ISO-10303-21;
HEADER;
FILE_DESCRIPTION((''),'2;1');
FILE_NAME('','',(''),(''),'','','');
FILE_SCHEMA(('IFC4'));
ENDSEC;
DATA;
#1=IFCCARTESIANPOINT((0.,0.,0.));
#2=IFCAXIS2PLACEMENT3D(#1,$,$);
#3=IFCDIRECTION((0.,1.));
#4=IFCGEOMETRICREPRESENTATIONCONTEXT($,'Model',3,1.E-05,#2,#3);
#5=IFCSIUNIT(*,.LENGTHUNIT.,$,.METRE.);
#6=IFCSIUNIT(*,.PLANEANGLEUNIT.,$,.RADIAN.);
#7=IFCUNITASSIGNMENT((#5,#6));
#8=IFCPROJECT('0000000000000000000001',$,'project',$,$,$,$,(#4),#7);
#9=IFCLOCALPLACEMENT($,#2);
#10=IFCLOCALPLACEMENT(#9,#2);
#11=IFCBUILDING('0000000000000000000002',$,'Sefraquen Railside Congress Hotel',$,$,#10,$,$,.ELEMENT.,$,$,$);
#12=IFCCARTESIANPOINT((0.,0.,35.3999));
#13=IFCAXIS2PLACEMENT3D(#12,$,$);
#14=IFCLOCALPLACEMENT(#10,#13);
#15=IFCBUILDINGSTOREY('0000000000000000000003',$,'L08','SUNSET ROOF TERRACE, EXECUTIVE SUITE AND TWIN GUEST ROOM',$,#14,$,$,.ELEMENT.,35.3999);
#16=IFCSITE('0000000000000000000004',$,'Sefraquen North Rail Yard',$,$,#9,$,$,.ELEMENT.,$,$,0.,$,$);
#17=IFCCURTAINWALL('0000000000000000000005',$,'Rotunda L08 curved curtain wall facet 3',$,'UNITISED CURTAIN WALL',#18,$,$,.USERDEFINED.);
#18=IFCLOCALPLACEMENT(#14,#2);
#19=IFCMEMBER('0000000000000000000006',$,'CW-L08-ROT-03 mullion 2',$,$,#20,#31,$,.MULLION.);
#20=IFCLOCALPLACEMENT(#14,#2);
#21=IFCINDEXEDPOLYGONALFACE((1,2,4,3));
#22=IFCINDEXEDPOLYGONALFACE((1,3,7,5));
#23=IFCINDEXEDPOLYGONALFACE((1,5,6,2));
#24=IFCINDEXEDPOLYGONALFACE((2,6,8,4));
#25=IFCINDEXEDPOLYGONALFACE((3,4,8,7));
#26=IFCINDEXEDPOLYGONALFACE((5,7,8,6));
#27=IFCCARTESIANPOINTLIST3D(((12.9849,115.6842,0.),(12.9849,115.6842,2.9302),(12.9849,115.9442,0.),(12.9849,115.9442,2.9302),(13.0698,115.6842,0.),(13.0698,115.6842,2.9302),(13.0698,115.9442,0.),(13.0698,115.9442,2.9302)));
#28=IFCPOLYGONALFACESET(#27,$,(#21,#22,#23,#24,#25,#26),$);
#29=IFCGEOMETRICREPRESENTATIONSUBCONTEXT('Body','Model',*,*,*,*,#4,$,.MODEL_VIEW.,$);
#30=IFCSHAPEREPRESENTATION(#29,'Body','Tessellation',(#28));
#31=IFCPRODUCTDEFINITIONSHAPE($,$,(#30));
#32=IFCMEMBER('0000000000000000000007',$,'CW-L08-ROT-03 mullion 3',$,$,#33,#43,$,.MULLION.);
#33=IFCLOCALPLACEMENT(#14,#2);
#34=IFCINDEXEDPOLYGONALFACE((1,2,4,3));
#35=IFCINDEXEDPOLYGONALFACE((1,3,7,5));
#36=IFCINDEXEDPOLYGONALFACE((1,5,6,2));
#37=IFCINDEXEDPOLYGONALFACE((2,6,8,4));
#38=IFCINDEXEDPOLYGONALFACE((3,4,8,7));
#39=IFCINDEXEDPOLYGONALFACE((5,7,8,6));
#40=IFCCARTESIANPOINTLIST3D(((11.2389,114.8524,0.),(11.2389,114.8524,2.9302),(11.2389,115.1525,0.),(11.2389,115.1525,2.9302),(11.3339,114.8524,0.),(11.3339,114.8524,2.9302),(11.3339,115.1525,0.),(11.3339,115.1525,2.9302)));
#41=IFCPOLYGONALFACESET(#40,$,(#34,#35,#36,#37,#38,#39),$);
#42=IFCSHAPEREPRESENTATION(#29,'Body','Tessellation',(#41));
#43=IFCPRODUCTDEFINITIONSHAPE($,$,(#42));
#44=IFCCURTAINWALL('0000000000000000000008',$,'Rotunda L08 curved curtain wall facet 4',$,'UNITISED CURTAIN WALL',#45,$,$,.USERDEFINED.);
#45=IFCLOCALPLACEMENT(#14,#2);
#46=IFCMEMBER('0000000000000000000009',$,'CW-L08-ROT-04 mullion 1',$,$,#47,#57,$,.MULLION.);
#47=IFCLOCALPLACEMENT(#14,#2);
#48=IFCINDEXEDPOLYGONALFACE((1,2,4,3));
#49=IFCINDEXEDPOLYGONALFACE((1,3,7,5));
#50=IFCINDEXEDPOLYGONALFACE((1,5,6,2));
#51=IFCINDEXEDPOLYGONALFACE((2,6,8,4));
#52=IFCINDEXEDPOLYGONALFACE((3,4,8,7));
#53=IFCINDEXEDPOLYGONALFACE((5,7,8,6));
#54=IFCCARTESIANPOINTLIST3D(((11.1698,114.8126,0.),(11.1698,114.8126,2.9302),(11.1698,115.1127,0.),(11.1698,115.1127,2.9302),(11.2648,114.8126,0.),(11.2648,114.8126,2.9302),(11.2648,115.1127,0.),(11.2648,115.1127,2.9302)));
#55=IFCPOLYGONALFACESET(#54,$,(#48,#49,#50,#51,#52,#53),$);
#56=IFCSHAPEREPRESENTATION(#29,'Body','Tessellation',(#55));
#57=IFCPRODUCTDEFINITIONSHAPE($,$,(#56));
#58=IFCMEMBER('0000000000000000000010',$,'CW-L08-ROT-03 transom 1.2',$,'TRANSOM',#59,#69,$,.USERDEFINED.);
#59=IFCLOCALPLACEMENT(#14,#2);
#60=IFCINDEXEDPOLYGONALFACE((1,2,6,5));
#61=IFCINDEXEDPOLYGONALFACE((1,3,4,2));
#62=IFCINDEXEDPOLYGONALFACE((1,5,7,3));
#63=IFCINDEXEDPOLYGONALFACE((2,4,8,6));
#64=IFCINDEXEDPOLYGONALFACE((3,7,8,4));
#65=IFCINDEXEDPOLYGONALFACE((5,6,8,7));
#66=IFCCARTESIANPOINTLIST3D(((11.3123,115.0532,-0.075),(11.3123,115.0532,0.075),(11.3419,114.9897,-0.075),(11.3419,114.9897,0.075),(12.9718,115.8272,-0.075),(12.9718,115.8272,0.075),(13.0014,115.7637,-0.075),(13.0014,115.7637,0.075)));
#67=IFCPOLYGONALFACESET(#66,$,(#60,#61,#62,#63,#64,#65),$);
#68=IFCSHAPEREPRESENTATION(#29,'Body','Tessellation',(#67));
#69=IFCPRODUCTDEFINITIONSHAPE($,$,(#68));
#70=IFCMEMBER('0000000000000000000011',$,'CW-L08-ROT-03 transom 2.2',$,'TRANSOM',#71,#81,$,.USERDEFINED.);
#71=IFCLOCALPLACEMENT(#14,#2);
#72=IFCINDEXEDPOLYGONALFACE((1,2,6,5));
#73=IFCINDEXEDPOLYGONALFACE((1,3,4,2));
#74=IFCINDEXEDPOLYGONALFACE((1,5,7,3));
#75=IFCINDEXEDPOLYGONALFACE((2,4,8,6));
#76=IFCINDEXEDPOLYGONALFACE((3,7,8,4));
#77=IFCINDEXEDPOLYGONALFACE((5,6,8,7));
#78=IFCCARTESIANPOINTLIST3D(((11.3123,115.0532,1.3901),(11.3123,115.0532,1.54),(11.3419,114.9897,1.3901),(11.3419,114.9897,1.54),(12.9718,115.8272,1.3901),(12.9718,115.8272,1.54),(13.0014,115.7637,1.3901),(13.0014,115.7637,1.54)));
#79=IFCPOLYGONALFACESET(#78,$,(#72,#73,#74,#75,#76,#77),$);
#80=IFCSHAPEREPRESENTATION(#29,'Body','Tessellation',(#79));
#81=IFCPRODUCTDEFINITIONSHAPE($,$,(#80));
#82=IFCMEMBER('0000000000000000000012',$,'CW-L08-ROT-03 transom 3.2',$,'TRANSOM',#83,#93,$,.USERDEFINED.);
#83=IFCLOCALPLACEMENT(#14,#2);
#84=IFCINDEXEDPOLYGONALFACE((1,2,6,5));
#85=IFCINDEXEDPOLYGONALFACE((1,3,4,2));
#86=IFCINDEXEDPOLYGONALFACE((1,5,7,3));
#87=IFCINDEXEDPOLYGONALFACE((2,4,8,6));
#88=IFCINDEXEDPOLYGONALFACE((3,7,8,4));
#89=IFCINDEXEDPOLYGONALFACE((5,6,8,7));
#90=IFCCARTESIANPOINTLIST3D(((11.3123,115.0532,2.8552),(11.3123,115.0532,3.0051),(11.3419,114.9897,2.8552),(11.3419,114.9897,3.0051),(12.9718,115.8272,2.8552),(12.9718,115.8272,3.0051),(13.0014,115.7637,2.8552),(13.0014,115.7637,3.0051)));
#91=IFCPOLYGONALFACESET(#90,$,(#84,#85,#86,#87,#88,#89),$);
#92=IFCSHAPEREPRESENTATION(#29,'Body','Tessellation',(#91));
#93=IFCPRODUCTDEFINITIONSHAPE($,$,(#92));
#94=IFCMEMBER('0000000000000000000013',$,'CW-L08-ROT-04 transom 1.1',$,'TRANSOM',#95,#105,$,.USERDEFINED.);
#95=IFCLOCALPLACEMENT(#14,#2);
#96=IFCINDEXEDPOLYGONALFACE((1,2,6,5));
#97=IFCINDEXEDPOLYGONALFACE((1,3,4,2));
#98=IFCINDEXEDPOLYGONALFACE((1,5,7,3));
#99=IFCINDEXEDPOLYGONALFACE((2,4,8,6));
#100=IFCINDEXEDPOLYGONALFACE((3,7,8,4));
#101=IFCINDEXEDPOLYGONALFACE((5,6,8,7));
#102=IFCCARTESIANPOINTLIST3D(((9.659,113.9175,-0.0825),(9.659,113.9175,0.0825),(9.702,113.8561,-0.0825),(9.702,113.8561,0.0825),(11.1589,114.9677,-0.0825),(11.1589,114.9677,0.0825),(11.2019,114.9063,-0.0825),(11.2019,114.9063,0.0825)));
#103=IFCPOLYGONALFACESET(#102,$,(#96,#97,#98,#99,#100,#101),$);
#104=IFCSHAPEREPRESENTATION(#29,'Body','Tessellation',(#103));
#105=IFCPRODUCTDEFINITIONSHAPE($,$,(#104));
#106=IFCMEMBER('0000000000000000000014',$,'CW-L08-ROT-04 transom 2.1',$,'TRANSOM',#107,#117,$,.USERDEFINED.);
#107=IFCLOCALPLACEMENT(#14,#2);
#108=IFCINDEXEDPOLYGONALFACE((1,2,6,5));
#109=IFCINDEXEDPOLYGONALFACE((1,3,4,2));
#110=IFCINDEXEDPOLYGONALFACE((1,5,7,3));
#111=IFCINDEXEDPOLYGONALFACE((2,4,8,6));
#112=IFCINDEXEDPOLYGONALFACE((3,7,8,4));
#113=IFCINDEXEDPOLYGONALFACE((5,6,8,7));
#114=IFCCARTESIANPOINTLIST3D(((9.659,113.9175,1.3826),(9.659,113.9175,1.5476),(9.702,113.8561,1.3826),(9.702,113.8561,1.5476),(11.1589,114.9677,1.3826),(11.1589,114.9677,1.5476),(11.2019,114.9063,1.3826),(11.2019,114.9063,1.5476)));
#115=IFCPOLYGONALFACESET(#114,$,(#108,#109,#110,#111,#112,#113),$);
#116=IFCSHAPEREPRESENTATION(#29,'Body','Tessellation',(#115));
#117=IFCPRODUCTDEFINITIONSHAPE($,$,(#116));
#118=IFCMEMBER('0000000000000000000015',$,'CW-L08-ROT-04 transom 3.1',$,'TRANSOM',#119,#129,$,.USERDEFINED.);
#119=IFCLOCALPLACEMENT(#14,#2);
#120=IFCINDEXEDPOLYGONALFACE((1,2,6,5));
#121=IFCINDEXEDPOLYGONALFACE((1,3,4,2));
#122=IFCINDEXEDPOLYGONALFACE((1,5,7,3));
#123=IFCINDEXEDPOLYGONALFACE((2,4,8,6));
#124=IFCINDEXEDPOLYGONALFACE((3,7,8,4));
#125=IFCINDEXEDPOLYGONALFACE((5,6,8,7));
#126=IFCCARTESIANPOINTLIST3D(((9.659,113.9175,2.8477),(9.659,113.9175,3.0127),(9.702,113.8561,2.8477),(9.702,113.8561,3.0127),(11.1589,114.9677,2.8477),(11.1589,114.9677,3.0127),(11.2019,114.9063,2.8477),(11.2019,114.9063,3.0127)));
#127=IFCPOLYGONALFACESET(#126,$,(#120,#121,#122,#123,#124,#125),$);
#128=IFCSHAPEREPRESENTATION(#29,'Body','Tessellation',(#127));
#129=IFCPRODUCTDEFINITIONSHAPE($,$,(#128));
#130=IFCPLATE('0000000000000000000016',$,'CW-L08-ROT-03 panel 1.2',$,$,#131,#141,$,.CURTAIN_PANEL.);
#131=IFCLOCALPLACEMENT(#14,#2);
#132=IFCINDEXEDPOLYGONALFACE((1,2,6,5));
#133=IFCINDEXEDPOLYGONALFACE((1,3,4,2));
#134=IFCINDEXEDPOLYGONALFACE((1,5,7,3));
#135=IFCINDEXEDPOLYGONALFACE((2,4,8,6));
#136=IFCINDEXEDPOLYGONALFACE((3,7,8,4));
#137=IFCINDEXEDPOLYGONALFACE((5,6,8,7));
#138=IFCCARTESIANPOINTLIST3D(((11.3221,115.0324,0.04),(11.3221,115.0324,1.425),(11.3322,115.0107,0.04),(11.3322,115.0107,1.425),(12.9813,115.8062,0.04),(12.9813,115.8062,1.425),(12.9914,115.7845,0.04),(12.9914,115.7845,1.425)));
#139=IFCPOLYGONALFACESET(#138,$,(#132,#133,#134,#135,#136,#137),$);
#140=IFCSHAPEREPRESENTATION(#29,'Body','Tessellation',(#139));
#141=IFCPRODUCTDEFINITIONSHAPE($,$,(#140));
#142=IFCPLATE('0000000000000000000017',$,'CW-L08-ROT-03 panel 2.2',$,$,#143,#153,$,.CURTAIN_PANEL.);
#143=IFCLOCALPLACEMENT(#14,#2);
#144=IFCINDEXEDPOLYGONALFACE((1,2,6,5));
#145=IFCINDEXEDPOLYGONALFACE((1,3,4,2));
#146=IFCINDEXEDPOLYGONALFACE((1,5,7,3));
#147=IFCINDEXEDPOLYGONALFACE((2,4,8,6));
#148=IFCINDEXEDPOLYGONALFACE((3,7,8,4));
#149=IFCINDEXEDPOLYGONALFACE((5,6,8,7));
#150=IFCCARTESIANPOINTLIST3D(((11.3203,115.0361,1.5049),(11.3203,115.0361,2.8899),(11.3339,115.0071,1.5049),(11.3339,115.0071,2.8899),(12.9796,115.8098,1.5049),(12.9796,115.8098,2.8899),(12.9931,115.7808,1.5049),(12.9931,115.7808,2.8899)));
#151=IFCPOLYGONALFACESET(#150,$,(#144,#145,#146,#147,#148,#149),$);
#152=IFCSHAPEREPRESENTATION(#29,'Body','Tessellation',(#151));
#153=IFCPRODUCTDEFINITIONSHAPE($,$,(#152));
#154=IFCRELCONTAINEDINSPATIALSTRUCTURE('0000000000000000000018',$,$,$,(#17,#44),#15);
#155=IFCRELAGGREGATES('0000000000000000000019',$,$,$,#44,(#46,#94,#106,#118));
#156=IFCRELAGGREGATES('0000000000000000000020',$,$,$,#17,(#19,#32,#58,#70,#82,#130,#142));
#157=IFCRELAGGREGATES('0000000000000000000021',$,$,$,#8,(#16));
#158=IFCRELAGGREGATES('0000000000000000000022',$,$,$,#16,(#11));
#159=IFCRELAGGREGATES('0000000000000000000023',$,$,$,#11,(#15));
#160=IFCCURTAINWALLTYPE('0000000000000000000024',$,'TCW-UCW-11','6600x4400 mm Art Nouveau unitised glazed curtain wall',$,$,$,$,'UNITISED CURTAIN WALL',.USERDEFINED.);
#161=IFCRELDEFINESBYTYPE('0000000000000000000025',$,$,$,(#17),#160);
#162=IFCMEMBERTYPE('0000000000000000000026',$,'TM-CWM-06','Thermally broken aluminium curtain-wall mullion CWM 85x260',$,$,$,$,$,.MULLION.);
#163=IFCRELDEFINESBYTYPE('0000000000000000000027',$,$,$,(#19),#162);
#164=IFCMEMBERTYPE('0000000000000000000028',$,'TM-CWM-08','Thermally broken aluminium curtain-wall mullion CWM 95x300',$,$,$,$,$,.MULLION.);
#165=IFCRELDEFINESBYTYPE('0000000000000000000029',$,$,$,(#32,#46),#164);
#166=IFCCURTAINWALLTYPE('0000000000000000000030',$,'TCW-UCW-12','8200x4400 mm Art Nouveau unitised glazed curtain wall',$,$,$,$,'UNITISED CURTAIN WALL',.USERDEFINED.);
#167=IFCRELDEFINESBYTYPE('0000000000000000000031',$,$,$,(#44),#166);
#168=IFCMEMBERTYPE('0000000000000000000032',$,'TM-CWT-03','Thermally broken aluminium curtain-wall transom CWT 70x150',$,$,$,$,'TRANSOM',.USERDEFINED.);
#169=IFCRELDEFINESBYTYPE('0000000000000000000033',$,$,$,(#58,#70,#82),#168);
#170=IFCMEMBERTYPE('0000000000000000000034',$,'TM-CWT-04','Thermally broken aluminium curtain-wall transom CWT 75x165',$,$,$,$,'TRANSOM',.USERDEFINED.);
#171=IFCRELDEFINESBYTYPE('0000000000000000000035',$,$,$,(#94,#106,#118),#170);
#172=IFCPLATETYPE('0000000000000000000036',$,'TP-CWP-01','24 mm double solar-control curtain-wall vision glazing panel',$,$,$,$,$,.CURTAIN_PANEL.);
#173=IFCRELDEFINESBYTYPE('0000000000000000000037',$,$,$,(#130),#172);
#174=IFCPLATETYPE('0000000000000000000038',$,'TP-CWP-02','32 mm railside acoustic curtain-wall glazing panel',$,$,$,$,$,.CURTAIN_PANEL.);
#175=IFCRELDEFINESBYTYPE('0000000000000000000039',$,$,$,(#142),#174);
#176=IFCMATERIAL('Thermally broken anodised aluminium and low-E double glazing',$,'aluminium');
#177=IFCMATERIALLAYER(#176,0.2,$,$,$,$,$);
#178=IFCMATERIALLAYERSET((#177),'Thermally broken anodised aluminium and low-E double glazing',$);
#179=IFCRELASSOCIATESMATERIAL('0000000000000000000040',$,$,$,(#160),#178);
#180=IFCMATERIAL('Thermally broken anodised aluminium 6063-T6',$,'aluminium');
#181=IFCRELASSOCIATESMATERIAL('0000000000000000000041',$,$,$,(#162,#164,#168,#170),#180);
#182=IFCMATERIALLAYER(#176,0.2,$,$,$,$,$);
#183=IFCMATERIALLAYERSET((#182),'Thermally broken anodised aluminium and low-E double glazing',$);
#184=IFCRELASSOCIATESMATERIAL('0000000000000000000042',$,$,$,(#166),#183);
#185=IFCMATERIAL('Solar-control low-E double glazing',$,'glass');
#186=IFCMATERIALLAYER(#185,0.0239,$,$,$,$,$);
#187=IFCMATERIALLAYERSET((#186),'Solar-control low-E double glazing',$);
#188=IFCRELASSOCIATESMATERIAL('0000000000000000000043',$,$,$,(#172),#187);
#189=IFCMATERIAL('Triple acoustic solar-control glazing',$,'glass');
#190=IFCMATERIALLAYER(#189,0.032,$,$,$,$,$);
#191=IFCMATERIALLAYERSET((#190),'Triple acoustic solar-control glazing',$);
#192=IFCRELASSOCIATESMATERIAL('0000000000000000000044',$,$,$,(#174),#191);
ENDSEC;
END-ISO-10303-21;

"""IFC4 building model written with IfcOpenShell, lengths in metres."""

from ifc_helpers import new_model, si_unit, direction, frame, origin, origin_2d, place, context, subcontext, project, spatial, rectangle, extrude, material, layer, layer_set, material_profile, profile_set, type_object, element, aggregate, save


model = new_model("IFC4")

# Units and contexts
model_context = context("Model", 3, precision=1e-05, world=origin(), true_north=direction((0.0, 1.0)))
body_context = subcontext(model_context, "Body", "Model", "MODEL_VIEW")
ifc_project = project(units=[si_unit("LENGTHUNIT", "METRE"), si_unit("PLANEANGLEUNIT", "RADIAN")], contexts=[model_context])

# Site, building, storey
site_placement = place(None, origin())
site = spatial("IfcSite", under=ifc_project, at=site_placement, Name="Sefraquen North Rail Yard", CompositionType="ELEMENT", RefElevation=0.0)
building_placement = place(site_placement, origin())
building = spatial("IfcBuilding", under=site, at=building_placement, Name="Sefraquen Railside Congress Hotel", CompositionType="ELEMENT")
storey_placement = place(building_placement, frame((0.0, 0.0, 35.3999)))
storey = spatial("IfcBuildingStorey", under=building, at=storey_placement, Name="L08", Description="SUNSET ROOF TERRACE, EXECUTIVE SUITE AND TWIN GUEST ROOM", CompositionType="ELEMENT", Elevation=35.3999)

# Curtain wall, members
ifc_material_1 = material(Name="Thermally broken anodised aluminium and low-E double glazing", Category="aluminium")
ifc_layer_1 = layer(ifc_material_1, 0.2)
ifc_layer_set_1 = layer_set([ifc_layer_1], Name="Thermally broken anodised aluminium and low-E double glazing")
curtain_wall_type_1 = type_object("IfcCurtainWallType", Name="TCW-UCW-11", Description="6600x4400 mm Art Nouveau unitised glazed curtain wall", ElementType="UNITISED CURTAIN WALL", PredefinedType="USERDEFINED", material=ifc_layer_set_1)
curtain_wall_1_placement = place(storey_placement, origin())
curtain_wall_1 = element("IfcCurtainWall", 1, at=curtain_wall_1_placement, inside=storey, type_object=curtain_wall_type_1, Name="Rotunda L08 curved curtain wall facet 3", ObjectType="UNITISED CURTAIN WALL", PredefinedType="USERDEFINED")
ifc_material_2 = material(Name="Thermally broken anodised aluminium 6063-T6", Category="aluminium")
ifc_material_profile_1 = material_profile(ifc_material_2, rectangle(XDim=0.085, YDim=0.26, at=origin_2d()), Name="CWM 85x260")
ifc_profile_set_1 = profile_set([ifc_material_profile_1], Name="Thermally broken anodised aluminium 6063-T6")
member_type_1 = type_object("IfcMemberType", Name="TM-CWM-06", Description="Thermally broken aluminium curtain-wall mullion CWM 85x260", PredefinedType="MULLION", material=ifc_profile_set_1)
member_1_placement = place(storey_placement, frame((13.0273, 115.8142, 0.0), z_axis=(0.0, 0.0, 1.0), x_axis=(1.0, 0.0, 0.0)))
member_1 = element("IfcMember", 2, at=member_1_placement, type_object=member_type_1, Name="CW-L08-ROT-03 mullion 2", PredefinedType="MULLION", context=body_context, shape_type="SweptSolid", body=[
    extrude(rectangle(XDim=0.085, YDim=0.26, at=origin_2d()), origin(), (0.0, 0.0, 1.0), 2.9302),
])
ifc_material_profile_2 = material_profile(ifc_material_2, rectangle(XDim=0.095, YDim=0.3, at=origin_2d()), Name="CWM 95x300")
ifc_profile_set_2 = profile_set([ifc_material_profile_2], Name="Thermally broken anodised aluminium 6063-T6")
member_type_2 = type_object("IfcMemberType", Name="TM-CWM-08", Description="Thermally broken aluminium curtain-wall mullion CWM 95x300", PredefinedType="MULLION", material=ifc_profile_set_2)
member_2_placement = place(storey_placement, frame((11.2864, 115.0024, 0.0), z_axis=(0.0, 0.0, 1.0), x_axis=(1.0, 0.0, 0.0)))
member_2 = element("IfcMember", 3, at=member_2_placement, type_object=member_type_2, Name="CW-L08-ROT-03 mullion 3", PredefinedType="MULLION", context=body_context, shape_type="SweptSolid", body=[
    extrude(rectangle(XDim=0.095, YDim=0.3, at=origin_2d()), origin(), (0.0, 0.0, 1.0), 2.9302),
])

# Curtain wall, member
ifc_layer_2 = layer(ifc_material_1, 0.2)
ifc_layer_set_2 = layer_set([ifc_layer_2], Name="Thermally broken anodised aluminium and low-E double glazing")
curtain_wall_type_2 = type_object("IfcCurtainWallType", Name="TCW-UCW-12", Description="8200x4400 mm Art Nouveau unitised glazed curtain wall", ElementType="UNITISED CURTAIN WALL", PredefinedType="USERDEFINED", material=ifc_layer_set_2)
curtain_wall_2_placement = place(storey_placement, origin())
curtain_wall_2 = element("IfcCurtainWall", 4, at=curtain_wall_2_placement, inside=storey, type_object=curtain_wall_type_2, Name="Rotunda L08 curved curtain wall facet 4", ObjectType="UNITISED CURTAIN WALL", PredefinedType="USERDEFINED")
member_3_placement = place(storey_placement, frame((11.2173, 114.9626, 0.0), z_axis=(0.0, 0.0, 1.0), x_axis=(1.0, 0.0, 0.0)))
member_3 = element("IfcMember", 5, at=member_3_placement, type_object=member_type_2, Name="CW-L08-ROT-04 mullion 1", PredefinedType="MULLION", context=body_context, shape_type="SweptSolid", body=[
    extrude(rectangle(XDim=0.095, YDim=0.3, at=origin_2d()), origin(), (0.0, 0.0, 1.0), 2.9302),
])

# Members
ifc_material_profile_3 = material_profile(ifc_material_2, rectangle(XDim=0.0701, YDim=0.1499, at=origin_2d()), Name="CWT 70x150")
ifc_profile_set_3 = profile_set([ifc_material_profile_3], Name="Thermally broken anodised aluminium 6063-T6")
member_type_3 = type_object("IfcMemberType", Name="TM-CWT-03", Description="Thermally broken aluminium curtain-wall transom CWT 70x150", ElementType="TRANSOM", PredefinedType="USERDEFINED", material=ifc_profile_set_3)
member_4_placement = place(storey_placement, frame((12.9866, 115.7954, 0.0), z_axis=(-0.906282, -0.422674, 0.0), x_axis=(0.422674, -0.906282, 0.0)))
member_4 = element("IfcMember", 6, at=member_4_placement, type_object=member_type_3, Name="CW-L08-ROT-03 transom 1.2", ObjectType="TRANSOM", PredefinedType="USERDEFINED", context=body_context, shape_type="SweptSolid", body=[
    extrude(rectangle(XDim=0.0701, YDim=0.1499, at=origin_2d()), origin(), (0.0, 0.0, 1.0), 1.8311),
])
member_5_placement = place(storey_placement, frame((12.9866, 115.7954, 1.4651), z_axis=(-0.906282, -0.422674, 0.0), x_axis=(0.422674, -0.906282, 0.0)))
member_5 = element("IfcMember", 7, at=member_5_placement, type_object=member_type_3, Name="CW-L08-ROT-03 transom 2.2", ObjectType="TRANSOM", PredefinedType="USERDEFINED", context=body_context, shape_type="SweptSolid", body=[
    extrude(rectangle(XDim=0.0701, YDim=0.1499, at=origin_2d()), origin(), (0.0, 0.0, 1.0), 1.8311),
])
member_6_placement = place(storey_placement, frame((12.9866, 115.7954, 2.9302), z_axis=(-0.906282, -0.422674, 0.0), x_axis=(0.422674, -0.906282, 0.0)))
member_6 = element("IfcMember", 8, at=member_6_placement, type_object=member_type_3, Name="CW-L08-ROT-03 transom 3.2", ObjectType="TRANSOM", PredefinedType="USERDEFINED", context=body_context, shape_type="SweptSolid", body=[
    extrude(rectangle(XDim=0.0701, YDim=0.1499, at=origin_2d()), origin(), (0.0, 0.0, 1.0), 1.8311),
])
ifc_material_profile_4 = material_profile(ifc_material_2, rectangle(XDim=0.075, YDim=0.165, at=origin_2d()), Name="CWT 75x165")
ifc_profile_set_4 = profile_set([ifc_material_profile_4], Name="Thermally broken anodised aluminium 6063-T6")
member_type_4 = type_object("IfcMemberType", Name="TM-CWT-04", Description="Thermally broken aluminium curtain-wall transom CWT 75x165", ElementType="TRANSOM", PredefinedType="USERDEFINED", material=ifc_profile_set_4)
member_7_placement = place(storey_placement, frame((11.1804, 114.937, 0.0), z_axis=(-0.819157, -0.57357, 0.0), x_axis=(0.57357, -0.819157, 0.0)))
member_7 = element("IfcMember", 9, at=member_7_placement, type_object=member_type_4, Name="CW-L08-ROT-04 transom 1.1", ObjectType="TRANSOM", PredefinedType="USERDEFINED", context=body_context, shape_type="SweptSolid", body=[
    extrude(rectangle(XDim=0.075, YDim=0.165, at=origin_2d()), origin(), (0.0, 0.0, 1.0), 1.8311),
])
member_8_placement = place(storey_placement, frame((11.1804, 114.937, 1.4651), z_axis=(-0.819157, -0.57357, 0.0), x_axis=(0.57357, -0.819157, 0.0)))
member_8 = element("IfcMember", 10, at=member_8_placement, type_object=member_type_4, Name="CW-L08-ROT-04 transom 2.1", ObjectType="TRANSOM", PredefinedType="USERDEFINED", context=body_context, shape_type="SweptSolid", body=[
    extrude(rectangle(XDim=0.075, YDim=0.165, at=origin_2d()), origin(), (0.0, 0.0, 1.0), 1.8311),
])
member_9_placement = place(storey_placement, frame((11.1804, 114.937, 2.9302), z_axis=(-0.819157, -0.57357, 0.0), x_axis=(0.57357, -0.819157, 0.0)))
member_9 = element("IfcMember", 11, at=member_9_placement, type_object=member_type_4, Name="CW-L08-ROT-04 transom 3.1", ObjectType="TRANSOM", PredefinedType="USERDEFINED", context=body_context, shape_type="SweptSolid", body=[
    extrude(rectangle(XDim=0.075, YDim=0.165, at=origin_2d()), origin(), (0.0, 0.0, 1.0), 1.8311),
])
aggregate(curtain_wall_2, [member_3, member_7, member_8, member_9])

# Plates
ifc_material_3 = material(Name="Solar-control low-E double glazing", Category="glass")
ifc_layer_3 = layer(ifc_material_3, 0.0239)
ifc_layer_set_3 = layer_set([ifc_layer_3], Name="Solar-control low-E double glazing")
plate_type_1 = type_object("IfcPlateType", Name="TP-CWP-01", Description="24 mm double solar-control curtain-wall vision glazing panel", PredefinedType="CURTAIN_PANEL", material=ifc_layer_set_3)
plate_1_placement = place(storey_placement, frame((12.1567, 115.4084, 0.04), z_axis=(0.0, 0.0, 1.0), x_axis=(-0.9063, -0.422634, 0.0)))
plate_1 = element("IfcPlate", 12, at=plate_1_placement, type_object=plate_type_1, Name="CW-L08-ROT-03 panel 1.2", PredefinedType="CURTAIN_PANEL", context=body_context, shape_type="SweptSolid", body=[
    extrude(rectangle(XDim=1.8308, YDim=0.0239, at=origin_2d()), origin(), (0.0, 0.0, 1.0), 1.385),
])
ifc_material_4 = material(Name="Triple acoustic solar-control glazing", Category="glass")
ifc_layer_4 = layer(ifc_material_4, 0.032)
ifc_layer_set_4 = layer_set([ifc_layer_4], Name="Triple acoustic solar-control glazing")
plate_type_2 = type_object("IfcPlateType", Name="TP-CWP-02", Description="32 mm railside acoustic curtain-wall glazing panel", PredefinedType="CURTAIN_PANEL", material=ifc_layer_set_4)
plate_2_placement = place(storey_placement, frame((12.1567, 115.4084, 1.5049), z_axis=(0.0, 0.0, 1.0), x_axis=(-0.9063, -0.422634, 0.0)))
plate_2 = element("IfcPlate", 13, at=plate_2_placement, type_object=plate_type_2, Name="CW-L08-ROT-03 panel 2.2", PredefinedType="CURTAIN_PANEL", context=body_context, shape_type="SweptSolid", body=[
    extrude(rectangle(XDim=1.8308, YDim=0.032, at=origin_2d()), origin(), (0.0, 0.0, 1.0), 1.385),
])
aggregate(curtain_wall_1, [member_1, member_2, member_4, member_5, member_6, plate_1, plate_2])

save(model, "model.ifc")
